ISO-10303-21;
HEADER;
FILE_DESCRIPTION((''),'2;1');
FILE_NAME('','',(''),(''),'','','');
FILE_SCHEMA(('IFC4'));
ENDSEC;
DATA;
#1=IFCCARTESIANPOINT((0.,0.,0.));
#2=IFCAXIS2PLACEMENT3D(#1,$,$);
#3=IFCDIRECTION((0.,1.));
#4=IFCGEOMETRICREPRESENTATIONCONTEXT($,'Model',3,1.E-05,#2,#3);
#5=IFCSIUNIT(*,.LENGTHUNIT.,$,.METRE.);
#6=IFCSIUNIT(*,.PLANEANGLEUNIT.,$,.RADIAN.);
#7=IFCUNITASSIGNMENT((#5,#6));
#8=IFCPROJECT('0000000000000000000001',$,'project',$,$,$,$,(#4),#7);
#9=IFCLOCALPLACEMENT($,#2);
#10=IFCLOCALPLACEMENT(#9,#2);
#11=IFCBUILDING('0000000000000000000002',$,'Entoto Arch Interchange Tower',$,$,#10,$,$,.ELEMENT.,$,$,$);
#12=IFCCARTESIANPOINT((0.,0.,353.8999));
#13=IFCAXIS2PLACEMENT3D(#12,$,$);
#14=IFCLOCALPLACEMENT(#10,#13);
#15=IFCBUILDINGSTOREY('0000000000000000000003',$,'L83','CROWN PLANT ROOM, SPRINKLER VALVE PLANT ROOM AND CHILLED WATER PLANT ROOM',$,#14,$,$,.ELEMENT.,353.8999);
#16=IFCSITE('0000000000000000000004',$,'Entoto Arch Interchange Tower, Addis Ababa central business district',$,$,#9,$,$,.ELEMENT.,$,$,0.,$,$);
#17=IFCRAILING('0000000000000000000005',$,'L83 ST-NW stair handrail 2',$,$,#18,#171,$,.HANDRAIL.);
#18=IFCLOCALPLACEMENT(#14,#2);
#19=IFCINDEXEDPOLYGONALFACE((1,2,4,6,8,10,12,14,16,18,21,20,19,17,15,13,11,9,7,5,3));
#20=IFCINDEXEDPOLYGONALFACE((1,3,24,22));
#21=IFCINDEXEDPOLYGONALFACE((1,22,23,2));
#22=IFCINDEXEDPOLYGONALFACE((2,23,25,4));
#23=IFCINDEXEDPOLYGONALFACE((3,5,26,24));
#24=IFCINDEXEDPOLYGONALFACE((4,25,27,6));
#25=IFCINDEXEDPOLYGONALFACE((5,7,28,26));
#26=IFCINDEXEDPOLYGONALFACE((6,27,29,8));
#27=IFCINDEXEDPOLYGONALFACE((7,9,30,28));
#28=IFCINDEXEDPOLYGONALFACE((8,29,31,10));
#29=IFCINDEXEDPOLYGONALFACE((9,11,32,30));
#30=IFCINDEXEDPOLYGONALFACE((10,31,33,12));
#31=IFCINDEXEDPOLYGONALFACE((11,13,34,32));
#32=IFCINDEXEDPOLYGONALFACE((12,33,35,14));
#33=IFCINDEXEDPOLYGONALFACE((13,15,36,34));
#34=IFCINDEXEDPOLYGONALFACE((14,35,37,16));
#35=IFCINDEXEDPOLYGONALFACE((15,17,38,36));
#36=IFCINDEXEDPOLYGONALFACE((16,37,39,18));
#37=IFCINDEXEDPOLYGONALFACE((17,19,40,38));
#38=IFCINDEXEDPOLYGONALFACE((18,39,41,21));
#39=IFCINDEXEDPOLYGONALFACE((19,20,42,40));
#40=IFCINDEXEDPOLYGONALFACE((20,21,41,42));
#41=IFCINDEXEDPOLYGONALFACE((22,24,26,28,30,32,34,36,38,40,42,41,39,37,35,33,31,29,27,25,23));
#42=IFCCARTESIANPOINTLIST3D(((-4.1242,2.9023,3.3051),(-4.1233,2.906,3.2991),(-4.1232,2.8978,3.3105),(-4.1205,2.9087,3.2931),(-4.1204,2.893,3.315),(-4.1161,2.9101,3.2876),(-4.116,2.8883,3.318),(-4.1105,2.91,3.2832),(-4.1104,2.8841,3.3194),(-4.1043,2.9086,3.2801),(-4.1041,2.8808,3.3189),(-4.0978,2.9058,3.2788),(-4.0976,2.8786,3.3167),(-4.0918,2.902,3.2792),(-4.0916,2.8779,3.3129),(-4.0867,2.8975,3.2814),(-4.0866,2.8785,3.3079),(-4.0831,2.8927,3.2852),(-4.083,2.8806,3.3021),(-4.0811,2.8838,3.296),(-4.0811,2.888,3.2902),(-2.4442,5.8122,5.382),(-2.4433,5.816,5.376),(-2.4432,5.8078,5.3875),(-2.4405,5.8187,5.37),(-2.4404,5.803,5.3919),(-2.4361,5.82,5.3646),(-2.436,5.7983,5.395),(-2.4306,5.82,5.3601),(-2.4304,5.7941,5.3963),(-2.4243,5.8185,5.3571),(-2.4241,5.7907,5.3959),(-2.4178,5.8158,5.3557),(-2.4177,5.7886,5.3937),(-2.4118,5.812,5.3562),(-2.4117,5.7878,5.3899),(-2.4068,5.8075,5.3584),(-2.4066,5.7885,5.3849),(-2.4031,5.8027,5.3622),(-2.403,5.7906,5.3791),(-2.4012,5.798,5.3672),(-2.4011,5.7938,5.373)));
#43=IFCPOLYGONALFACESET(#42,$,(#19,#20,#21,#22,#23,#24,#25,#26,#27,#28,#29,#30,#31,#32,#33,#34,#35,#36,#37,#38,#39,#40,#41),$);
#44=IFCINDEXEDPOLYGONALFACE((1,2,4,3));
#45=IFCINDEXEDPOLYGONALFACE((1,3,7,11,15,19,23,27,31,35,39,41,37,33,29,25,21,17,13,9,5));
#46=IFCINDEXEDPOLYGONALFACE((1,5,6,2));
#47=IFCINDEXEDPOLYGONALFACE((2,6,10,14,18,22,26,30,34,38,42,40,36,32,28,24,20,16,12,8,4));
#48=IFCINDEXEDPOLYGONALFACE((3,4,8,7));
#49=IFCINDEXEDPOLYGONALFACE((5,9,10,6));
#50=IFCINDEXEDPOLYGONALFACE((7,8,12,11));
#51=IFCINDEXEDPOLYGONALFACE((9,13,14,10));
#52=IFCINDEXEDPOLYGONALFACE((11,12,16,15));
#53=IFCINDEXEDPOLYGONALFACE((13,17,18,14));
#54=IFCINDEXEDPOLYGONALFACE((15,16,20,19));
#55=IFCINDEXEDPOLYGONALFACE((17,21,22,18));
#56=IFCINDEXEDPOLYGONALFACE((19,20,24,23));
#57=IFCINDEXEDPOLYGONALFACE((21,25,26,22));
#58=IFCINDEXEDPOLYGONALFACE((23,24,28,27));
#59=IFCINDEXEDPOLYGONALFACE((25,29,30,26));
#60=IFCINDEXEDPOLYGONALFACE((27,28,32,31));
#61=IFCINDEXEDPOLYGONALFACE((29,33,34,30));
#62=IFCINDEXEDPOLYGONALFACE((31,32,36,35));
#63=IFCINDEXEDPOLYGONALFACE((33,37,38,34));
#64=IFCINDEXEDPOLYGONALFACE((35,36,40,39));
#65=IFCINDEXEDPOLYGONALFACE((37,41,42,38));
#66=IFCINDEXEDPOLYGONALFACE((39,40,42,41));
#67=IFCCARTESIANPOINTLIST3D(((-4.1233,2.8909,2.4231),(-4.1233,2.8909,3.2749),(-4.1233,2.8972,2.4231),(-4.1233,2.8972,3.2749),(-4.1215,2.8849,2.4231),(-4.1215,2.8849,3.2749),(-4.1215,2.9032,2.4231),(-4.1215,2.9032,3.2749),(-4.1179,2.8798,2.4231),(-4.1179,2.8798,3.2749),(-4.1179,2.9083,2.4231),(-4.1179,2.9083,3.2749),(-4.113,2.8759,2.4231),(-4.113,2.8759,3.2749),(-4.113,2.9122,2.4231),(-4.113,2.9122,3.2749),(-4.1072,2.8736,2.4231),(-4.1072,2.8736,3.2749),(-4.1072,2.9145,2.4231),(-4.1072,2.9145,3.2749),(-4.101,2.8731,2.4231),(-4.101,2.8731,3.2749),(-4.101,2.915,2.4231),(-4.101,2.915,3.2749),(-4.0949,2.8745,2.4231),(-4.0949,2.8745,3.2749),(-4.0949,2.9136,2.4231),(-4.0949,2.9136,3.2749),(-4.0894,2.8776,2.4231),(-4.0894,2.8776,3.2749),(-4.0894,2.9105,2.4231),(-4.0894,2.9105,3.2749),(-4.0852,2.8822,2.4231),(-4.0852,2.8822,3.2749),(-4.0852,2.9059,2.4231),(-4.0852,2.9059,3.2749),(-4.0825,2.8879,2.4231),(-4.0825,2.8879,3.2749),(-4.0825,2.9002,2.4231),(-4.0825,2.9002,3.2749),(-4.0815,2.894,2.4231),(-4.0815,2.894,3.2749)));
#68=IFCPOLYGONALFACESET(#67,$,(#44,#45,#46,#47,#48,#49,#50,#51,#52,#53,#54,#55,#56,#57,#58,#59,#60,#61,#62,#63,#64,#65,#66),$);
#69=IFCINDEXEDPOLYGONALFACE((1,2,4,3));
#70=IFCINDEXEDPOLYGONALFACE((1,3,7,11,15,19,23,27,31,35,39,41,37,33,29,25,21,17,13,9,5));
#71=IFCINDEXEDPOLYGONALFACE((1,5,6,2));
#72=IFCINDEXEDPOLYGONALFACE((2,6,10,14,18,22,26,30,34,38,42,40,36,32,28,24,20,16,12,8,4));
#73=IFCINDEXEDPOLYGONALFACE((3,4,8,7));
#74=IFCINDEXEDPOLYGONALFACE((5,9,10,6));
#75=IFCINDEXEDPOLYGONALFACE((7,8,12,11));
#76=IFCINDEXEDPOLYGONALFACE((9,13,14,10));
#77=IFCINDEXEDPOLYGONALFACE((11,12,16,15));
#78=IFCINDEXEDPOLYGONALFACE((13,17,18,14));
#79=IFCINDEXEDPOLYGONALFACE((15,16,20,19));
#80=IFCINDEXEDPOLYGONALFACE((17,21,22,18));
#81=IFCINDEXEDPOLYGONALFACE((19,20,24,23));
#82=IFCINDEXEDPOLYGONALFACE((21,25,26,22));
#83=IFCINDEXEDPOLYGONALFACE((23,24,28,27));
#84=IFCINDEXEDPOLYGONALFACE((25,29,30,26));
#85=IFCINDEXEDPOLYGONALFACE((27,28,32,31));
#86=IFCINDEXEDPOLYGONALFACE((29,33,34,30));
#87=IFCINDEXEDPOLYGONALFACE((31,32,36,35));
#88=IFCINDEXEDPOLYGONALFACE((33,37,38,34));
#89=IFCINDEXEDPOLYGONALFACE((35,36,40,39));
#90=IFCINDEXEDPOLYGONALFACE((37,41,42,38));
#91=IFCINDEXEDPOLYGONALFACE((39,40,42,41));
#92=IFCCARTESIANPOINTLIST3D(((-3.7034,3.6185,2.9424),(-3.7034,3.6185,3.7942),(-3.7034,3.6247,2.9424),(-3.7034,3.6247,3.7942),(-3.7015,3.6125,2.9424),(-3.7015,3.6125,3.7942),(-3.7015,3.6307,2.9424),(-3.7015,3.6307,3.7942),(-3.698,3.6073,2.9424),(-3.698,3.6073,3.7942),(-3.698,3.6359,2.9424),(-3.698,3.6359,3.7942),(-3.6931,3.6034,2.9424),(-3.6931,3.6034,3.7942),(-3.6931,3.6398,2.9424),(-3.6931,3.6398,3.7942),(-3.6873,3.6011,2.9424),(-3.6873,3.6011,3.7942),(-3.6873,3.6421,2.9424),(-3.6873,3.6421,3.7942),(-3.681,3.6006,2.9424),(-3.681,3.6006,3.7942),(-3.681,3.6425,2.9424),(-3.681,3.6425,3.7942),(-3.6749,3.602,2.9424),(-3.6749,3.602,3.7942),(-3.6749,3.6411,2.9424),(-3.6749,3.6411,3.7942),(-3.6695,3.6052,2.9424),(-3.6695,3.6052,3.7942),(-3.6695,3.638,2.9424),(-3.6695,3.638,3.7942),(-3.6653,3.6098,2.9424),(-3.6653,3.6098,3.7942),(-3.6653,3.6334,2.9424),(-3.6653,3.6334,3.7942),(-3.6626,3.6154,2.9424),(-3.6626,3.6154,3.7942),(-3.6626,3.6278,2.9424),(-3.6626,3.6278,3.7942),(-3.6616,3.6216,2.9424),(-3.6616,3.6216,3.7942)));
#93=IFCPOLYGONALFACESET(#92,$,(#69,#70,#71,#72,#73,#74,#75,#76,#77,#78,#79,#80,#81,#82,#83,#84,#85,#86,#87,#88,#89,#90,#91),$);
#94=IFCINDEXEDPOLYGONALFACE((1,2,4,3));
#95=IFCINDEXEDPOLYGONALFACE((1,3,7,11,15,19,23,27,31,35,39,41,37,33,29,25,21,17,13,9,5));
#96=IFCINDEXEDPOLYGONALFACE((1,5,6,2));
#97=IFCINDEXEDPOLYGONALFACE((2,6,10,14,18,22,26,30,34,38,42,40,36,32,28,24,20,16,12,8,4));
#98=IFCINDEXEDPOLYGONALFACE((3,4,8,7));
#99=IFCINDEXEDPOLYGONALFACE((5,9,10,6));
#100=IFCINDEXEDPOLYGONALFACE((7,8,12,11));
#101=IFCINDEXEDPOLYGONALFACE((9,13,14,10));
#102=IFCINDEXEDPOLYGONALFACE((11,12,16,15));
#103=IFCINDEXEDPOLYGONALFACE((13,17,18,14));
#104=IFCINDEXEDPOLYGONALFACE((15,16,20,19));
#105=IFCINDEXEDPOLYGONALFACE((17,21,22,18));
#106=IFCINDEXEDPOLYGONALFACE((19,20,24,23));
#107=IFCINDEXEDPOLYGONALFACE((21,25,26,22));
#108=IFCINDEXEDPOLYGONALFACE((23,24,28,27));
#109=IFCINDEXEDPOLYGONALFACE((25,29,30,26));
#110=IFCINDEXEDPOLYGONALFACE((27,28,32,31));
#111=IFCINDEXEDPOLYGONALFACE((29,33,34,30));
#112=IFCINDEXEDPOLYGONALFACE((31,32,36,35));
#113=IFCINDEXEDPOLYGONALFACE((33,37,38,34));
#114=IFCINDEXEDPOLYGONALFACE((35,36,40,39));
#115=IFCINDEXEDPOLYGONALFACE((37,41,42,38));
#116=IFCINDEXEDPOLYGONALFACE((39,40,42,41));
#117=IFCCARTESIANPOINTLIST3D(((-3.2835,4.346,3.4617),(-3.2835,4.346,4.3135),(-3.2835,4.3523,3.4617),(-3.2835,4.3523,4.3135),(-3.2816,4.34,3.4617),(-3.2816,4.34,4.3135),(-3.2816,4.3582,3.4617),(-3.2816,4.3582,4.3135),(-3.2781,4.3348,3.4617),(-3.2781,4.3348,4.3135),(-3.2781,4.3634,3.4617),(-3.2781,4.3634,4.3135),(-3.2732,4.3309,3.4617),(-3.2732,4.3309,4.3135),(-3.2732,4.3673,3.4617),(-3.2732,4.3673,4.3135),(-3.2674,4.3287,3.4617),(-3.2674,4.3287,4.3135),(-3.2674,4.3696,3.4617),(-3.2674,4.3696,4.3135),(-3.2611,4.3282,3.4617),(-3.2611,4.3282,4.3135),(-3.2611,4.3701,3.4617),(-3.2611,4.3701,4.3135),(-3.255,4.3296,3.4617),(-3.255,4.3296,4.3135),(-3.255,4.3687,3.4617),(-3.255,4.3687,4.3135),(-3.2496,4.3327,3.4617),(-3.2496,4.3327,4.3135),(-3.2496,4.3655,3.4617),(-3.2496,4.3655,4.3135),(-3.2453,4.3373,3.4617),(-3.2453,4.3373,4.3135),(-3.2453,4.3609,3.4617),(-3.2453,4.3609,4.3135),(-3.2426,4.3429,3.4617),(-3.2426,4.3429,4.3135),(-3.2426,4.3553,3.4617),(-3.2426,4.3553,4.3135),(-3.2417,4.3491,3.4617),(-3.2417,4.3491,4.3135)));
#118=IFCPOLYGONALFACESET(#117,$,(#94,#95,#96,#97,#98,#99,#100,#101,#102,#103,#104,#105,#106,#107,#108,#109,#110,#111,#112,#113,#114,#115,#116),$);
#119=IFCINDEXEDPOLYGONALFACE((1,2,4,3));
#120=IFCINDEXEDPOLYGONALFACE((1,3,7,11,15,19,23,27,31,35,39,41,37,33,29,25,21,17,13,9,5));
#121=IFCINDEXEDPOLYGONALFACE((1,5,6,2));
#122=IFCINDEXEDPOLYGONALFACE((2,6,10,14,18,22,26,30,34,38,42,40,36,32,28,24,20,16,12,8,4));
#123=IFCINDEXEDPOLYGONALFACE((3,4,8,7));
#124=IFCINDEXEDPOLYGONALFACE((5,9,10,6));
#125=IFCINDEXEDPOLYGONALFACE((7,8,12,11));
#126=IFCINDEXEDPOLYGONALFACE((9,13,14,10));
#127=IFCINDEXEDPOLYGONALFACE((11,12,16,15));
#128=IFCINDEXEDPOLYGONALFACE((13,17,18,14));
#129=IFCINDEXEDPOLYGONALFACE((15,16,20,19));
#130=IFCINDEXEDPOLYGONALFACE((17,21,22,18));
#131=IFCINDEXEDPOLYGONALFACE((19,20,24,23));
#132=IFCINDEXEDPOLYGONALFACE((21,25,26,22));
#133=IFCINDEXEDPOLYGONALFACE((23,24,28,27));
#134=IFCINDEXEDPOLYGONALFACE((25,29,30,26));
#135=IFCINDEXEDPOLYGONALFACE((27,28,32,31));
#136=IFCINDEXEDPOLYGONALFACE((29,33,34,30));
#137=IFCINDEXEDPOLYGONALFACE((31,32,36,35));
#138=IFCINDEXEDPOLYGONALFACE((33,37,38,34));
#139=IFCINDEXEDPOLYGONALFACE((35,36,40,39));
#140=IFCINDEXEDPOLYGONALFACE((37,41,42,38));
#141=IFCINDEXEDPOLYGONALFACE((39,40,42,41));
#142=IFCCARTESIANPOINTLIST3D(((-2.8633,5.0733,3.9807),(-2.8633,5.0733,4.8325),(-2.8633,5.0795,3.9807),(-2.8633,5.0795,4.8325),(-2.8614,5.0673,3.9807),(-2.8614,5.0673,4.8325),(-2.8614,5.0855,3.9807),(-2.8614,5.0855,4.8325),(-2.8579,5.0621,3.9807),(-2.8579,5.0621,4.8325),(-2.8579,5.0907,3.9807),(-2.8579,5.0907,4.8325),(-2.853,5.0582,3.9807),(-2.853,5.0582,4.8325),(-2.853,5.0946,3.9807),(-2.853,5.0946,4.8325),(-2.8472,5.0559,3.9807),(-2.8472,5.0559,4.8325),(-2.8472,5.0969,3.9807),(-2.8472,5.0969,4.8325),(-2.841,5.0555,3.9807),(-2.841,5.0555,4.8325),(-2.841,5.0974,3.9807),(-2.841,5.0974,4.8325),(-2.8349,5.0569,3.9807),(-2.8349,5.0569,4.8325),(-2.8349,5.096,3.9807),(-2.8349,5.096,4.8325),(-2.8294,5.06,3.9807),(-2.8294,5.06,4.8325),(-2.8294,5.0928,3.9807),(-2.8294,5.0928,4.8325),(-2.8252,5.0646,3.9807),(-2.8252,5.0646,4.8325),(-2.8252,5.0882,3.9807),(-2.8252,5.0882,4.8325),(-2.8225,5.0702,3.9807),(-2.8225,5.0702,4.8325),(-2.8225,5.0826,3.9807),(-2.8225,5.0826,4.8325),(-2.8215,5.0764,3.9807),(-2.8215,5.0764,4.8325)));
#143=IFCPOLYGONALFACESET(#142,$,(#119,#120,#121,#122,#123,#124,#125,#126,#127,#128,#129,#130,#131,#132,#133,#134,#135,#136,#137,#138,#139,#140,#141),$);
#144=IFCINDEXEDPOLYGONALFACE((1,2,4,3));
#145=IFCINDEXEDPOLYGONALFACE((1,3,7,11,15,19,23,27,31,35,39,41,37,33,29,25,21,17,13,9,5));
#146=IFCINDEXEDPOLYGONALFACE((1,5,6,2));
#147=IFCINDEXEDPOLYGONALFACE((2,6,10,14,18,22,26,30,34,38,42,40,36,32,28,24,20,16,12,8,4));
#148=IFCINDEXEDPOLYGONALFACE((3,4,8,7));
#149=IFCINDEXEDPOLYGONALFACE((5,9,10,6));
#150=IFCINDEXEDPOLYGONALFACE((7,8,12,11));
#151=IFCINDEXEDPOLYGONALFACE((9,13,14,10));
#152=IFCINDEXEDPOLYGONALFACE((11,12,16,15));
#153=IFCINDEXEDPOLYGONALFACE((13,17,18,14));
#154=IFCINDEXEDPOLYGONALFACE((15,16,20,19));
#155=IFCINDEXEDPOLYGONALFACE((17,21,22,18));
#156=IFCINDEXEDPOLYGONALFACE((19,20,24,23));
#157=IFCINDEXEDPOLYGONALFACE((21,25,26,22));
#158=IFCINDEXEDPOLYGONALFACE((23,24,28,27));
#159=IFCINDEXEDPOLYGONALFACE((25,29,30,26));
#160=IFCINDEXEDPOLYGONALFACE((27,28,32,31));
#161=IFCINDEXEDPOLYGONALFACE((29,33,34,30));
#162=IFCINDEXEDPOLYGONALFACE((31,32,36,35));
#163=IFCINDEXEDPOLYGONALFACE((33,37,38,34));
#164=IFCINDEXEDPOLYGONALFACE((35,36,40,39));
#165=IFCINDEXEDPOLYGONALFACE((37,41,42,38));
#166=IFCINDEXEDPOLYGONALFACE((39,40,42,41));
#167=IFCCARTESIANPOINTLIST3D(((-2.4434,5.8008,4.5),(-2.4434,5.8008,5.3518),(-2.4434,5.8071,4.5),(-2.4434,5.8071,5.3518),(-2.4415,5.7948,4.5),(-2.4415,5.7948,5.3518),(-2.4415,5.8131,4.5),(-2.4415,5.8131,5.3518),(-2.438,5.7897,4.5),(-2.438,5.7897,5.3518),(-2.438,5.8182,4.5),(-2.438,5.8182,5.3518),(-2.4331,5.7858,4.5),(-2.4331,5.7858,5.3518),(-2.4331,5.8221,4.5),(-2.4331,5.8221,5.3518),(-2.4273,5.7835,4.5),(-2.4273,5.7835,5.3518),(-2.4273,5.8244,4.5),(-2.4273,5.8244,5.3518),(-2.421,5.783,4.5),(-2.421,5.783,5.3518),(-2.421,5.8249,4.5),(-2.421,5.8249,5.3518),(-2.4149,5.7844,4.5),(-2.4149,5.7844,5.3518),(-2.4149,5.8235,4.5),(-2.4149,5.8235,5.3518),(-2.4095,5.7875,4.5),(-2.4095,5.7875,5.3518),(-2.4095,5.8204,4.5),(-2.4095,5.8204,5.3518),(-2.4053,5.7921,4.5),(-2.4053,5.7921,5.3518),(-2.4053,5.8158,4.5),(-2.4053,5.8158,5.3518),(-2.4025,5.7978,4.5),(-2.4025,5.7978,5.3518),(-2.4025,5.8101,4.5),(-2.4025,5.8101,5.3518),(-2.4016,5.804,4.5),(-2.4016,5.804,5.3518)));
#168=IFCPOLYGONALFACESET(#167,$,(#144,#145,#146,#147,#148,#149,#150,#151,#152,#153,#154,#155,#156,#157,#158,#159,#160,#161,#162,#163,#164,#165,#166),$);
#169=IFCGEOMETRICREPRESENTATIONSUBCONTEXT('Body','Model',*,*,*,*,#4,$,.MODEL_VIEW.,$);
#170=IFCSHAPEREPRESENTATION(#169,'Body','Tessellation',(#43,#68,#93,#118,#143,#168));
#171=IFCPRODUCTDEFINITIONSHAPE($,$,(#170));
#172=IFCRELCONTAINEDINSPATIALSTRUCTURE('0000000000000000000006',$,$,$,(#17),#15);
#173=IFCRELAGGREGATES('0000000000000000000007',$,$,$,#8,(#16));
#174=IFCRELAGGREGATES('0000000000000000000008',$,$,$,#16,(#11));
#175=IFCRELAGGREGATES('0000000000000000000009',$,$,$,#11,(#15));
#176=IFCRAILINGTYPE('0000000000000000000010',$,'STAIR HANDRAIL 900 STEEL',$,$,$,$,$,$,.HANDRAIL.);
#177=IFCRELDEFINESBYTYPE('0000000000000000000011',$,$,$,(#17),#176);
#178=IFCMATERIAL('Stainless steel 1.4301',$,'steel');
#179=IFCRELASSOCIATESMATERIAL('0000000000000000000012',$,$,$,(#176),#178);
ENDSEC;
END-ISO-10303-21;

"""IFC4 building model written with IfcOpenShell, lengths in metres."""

from ifc_helpers import new_model, si_unit, direction, frame, origin, origin_2d, place, context, subcontext, project, spatial, circle, extrude, material, type_object, element, save


model = new_model("IFC4")

# Units and contexts
model_context = context("Model", 3, precision=1e-05, world=origin(), true_north=direction((0.0, 1.0)))
body_context = subcontext(model_context, "Body", "Model", "MODEL_VIEW")
ifc_project = project(units=[si_unit("LENGTHUNIT", "METRE"), si_unit("PLANEANGLEUNIT", "RADIAN")], contexts=[model_context])

# Site, building, storey
site_placement = place(None, origin())
site = spatial("IfcSite", under=ifc_project, at=site_placement, Name="Entoto Arch Interchange Tower, Addis Ababa central business district", CompositionType="ELEMENT", RefElevation=0.0)
building_placement = place(site_placement, origin())
building = spatial("IfcBuilding", under=site, at=building_placement, Name="Entoto Arch Interchange Tower", CompositionType="ELEMENT")
storey_placement = place(building_placement, frame((0.0, 0.0, 353.8999)))
storey = spatial("IfcBuildingStorey", under=building, at=storey_placement, Name="L83", Description="CROWN PLANT ROOM, SPRINKLER VALVE PLANT ROOM AND CHILLED WATER PLANT ROOM", CompositionType="ELEMENT", Elevation=353.8999)

# Railing
ifc_material_1 = material(Name="Stainless steel 1.4301", Category="steel")
railing_type_1 = type_object("IfcRailingType", Name="STAIR HANDRAIL 900 STEEL", PredefinedType="HANDRAIL", material=ifc_material_1)
railing_1_placement = place(storey_placement, frame((-4.1025, 2.894, 2.4231)))
element("IfcRailing", 1, at=railing_1_placement, inside=storey, type_object=railing_type_1, Name="L83 ST-NW stair handrail 2", PredefinedType="HANDRAIL", context=body_context, shape_type="SweptSolid", body=[
    extrude(circle(Radius=0.0239, at=origin_2d()), frame((0.0, 0.0, 0.876), z_axis=(0.425288, 0.736668, 0.525785), x_axis=(-0.866039, 0.499976, 0.0)), (0.0, 0.0, 1.0), 3.9502),
    extrude(circle(Radius=0.021, at=origin_2d()), origin(), (0.0, 0.0, 1.0), 0.8518),
    extrude(circle(Radius=0.021, at=origin_2d()), frame((0.4199, 0.7275, 0.5193)), (0.0, 0.0, 1.0), 0.8518),
    extrude(circle(Radius=0.021, at=origin_2d()), frame((0.8398, 1.4551, 1.0386)), (0.0, 0.0, 1.0), 0.8518),
    extrude(circle(Radius=0.021, at=origin_2d()), frame((1.26, 2.1824, 1.5576)), (0.0, 0.0, 1.0), 0.8518),
    extrude(circle(Radius=0.021, at=origin_2d()), frame((1.6799, 2.9099, 2.0769)), (0.0, 0.0, 1.0), 0.8518),
])

save(model, "model.ifc")
